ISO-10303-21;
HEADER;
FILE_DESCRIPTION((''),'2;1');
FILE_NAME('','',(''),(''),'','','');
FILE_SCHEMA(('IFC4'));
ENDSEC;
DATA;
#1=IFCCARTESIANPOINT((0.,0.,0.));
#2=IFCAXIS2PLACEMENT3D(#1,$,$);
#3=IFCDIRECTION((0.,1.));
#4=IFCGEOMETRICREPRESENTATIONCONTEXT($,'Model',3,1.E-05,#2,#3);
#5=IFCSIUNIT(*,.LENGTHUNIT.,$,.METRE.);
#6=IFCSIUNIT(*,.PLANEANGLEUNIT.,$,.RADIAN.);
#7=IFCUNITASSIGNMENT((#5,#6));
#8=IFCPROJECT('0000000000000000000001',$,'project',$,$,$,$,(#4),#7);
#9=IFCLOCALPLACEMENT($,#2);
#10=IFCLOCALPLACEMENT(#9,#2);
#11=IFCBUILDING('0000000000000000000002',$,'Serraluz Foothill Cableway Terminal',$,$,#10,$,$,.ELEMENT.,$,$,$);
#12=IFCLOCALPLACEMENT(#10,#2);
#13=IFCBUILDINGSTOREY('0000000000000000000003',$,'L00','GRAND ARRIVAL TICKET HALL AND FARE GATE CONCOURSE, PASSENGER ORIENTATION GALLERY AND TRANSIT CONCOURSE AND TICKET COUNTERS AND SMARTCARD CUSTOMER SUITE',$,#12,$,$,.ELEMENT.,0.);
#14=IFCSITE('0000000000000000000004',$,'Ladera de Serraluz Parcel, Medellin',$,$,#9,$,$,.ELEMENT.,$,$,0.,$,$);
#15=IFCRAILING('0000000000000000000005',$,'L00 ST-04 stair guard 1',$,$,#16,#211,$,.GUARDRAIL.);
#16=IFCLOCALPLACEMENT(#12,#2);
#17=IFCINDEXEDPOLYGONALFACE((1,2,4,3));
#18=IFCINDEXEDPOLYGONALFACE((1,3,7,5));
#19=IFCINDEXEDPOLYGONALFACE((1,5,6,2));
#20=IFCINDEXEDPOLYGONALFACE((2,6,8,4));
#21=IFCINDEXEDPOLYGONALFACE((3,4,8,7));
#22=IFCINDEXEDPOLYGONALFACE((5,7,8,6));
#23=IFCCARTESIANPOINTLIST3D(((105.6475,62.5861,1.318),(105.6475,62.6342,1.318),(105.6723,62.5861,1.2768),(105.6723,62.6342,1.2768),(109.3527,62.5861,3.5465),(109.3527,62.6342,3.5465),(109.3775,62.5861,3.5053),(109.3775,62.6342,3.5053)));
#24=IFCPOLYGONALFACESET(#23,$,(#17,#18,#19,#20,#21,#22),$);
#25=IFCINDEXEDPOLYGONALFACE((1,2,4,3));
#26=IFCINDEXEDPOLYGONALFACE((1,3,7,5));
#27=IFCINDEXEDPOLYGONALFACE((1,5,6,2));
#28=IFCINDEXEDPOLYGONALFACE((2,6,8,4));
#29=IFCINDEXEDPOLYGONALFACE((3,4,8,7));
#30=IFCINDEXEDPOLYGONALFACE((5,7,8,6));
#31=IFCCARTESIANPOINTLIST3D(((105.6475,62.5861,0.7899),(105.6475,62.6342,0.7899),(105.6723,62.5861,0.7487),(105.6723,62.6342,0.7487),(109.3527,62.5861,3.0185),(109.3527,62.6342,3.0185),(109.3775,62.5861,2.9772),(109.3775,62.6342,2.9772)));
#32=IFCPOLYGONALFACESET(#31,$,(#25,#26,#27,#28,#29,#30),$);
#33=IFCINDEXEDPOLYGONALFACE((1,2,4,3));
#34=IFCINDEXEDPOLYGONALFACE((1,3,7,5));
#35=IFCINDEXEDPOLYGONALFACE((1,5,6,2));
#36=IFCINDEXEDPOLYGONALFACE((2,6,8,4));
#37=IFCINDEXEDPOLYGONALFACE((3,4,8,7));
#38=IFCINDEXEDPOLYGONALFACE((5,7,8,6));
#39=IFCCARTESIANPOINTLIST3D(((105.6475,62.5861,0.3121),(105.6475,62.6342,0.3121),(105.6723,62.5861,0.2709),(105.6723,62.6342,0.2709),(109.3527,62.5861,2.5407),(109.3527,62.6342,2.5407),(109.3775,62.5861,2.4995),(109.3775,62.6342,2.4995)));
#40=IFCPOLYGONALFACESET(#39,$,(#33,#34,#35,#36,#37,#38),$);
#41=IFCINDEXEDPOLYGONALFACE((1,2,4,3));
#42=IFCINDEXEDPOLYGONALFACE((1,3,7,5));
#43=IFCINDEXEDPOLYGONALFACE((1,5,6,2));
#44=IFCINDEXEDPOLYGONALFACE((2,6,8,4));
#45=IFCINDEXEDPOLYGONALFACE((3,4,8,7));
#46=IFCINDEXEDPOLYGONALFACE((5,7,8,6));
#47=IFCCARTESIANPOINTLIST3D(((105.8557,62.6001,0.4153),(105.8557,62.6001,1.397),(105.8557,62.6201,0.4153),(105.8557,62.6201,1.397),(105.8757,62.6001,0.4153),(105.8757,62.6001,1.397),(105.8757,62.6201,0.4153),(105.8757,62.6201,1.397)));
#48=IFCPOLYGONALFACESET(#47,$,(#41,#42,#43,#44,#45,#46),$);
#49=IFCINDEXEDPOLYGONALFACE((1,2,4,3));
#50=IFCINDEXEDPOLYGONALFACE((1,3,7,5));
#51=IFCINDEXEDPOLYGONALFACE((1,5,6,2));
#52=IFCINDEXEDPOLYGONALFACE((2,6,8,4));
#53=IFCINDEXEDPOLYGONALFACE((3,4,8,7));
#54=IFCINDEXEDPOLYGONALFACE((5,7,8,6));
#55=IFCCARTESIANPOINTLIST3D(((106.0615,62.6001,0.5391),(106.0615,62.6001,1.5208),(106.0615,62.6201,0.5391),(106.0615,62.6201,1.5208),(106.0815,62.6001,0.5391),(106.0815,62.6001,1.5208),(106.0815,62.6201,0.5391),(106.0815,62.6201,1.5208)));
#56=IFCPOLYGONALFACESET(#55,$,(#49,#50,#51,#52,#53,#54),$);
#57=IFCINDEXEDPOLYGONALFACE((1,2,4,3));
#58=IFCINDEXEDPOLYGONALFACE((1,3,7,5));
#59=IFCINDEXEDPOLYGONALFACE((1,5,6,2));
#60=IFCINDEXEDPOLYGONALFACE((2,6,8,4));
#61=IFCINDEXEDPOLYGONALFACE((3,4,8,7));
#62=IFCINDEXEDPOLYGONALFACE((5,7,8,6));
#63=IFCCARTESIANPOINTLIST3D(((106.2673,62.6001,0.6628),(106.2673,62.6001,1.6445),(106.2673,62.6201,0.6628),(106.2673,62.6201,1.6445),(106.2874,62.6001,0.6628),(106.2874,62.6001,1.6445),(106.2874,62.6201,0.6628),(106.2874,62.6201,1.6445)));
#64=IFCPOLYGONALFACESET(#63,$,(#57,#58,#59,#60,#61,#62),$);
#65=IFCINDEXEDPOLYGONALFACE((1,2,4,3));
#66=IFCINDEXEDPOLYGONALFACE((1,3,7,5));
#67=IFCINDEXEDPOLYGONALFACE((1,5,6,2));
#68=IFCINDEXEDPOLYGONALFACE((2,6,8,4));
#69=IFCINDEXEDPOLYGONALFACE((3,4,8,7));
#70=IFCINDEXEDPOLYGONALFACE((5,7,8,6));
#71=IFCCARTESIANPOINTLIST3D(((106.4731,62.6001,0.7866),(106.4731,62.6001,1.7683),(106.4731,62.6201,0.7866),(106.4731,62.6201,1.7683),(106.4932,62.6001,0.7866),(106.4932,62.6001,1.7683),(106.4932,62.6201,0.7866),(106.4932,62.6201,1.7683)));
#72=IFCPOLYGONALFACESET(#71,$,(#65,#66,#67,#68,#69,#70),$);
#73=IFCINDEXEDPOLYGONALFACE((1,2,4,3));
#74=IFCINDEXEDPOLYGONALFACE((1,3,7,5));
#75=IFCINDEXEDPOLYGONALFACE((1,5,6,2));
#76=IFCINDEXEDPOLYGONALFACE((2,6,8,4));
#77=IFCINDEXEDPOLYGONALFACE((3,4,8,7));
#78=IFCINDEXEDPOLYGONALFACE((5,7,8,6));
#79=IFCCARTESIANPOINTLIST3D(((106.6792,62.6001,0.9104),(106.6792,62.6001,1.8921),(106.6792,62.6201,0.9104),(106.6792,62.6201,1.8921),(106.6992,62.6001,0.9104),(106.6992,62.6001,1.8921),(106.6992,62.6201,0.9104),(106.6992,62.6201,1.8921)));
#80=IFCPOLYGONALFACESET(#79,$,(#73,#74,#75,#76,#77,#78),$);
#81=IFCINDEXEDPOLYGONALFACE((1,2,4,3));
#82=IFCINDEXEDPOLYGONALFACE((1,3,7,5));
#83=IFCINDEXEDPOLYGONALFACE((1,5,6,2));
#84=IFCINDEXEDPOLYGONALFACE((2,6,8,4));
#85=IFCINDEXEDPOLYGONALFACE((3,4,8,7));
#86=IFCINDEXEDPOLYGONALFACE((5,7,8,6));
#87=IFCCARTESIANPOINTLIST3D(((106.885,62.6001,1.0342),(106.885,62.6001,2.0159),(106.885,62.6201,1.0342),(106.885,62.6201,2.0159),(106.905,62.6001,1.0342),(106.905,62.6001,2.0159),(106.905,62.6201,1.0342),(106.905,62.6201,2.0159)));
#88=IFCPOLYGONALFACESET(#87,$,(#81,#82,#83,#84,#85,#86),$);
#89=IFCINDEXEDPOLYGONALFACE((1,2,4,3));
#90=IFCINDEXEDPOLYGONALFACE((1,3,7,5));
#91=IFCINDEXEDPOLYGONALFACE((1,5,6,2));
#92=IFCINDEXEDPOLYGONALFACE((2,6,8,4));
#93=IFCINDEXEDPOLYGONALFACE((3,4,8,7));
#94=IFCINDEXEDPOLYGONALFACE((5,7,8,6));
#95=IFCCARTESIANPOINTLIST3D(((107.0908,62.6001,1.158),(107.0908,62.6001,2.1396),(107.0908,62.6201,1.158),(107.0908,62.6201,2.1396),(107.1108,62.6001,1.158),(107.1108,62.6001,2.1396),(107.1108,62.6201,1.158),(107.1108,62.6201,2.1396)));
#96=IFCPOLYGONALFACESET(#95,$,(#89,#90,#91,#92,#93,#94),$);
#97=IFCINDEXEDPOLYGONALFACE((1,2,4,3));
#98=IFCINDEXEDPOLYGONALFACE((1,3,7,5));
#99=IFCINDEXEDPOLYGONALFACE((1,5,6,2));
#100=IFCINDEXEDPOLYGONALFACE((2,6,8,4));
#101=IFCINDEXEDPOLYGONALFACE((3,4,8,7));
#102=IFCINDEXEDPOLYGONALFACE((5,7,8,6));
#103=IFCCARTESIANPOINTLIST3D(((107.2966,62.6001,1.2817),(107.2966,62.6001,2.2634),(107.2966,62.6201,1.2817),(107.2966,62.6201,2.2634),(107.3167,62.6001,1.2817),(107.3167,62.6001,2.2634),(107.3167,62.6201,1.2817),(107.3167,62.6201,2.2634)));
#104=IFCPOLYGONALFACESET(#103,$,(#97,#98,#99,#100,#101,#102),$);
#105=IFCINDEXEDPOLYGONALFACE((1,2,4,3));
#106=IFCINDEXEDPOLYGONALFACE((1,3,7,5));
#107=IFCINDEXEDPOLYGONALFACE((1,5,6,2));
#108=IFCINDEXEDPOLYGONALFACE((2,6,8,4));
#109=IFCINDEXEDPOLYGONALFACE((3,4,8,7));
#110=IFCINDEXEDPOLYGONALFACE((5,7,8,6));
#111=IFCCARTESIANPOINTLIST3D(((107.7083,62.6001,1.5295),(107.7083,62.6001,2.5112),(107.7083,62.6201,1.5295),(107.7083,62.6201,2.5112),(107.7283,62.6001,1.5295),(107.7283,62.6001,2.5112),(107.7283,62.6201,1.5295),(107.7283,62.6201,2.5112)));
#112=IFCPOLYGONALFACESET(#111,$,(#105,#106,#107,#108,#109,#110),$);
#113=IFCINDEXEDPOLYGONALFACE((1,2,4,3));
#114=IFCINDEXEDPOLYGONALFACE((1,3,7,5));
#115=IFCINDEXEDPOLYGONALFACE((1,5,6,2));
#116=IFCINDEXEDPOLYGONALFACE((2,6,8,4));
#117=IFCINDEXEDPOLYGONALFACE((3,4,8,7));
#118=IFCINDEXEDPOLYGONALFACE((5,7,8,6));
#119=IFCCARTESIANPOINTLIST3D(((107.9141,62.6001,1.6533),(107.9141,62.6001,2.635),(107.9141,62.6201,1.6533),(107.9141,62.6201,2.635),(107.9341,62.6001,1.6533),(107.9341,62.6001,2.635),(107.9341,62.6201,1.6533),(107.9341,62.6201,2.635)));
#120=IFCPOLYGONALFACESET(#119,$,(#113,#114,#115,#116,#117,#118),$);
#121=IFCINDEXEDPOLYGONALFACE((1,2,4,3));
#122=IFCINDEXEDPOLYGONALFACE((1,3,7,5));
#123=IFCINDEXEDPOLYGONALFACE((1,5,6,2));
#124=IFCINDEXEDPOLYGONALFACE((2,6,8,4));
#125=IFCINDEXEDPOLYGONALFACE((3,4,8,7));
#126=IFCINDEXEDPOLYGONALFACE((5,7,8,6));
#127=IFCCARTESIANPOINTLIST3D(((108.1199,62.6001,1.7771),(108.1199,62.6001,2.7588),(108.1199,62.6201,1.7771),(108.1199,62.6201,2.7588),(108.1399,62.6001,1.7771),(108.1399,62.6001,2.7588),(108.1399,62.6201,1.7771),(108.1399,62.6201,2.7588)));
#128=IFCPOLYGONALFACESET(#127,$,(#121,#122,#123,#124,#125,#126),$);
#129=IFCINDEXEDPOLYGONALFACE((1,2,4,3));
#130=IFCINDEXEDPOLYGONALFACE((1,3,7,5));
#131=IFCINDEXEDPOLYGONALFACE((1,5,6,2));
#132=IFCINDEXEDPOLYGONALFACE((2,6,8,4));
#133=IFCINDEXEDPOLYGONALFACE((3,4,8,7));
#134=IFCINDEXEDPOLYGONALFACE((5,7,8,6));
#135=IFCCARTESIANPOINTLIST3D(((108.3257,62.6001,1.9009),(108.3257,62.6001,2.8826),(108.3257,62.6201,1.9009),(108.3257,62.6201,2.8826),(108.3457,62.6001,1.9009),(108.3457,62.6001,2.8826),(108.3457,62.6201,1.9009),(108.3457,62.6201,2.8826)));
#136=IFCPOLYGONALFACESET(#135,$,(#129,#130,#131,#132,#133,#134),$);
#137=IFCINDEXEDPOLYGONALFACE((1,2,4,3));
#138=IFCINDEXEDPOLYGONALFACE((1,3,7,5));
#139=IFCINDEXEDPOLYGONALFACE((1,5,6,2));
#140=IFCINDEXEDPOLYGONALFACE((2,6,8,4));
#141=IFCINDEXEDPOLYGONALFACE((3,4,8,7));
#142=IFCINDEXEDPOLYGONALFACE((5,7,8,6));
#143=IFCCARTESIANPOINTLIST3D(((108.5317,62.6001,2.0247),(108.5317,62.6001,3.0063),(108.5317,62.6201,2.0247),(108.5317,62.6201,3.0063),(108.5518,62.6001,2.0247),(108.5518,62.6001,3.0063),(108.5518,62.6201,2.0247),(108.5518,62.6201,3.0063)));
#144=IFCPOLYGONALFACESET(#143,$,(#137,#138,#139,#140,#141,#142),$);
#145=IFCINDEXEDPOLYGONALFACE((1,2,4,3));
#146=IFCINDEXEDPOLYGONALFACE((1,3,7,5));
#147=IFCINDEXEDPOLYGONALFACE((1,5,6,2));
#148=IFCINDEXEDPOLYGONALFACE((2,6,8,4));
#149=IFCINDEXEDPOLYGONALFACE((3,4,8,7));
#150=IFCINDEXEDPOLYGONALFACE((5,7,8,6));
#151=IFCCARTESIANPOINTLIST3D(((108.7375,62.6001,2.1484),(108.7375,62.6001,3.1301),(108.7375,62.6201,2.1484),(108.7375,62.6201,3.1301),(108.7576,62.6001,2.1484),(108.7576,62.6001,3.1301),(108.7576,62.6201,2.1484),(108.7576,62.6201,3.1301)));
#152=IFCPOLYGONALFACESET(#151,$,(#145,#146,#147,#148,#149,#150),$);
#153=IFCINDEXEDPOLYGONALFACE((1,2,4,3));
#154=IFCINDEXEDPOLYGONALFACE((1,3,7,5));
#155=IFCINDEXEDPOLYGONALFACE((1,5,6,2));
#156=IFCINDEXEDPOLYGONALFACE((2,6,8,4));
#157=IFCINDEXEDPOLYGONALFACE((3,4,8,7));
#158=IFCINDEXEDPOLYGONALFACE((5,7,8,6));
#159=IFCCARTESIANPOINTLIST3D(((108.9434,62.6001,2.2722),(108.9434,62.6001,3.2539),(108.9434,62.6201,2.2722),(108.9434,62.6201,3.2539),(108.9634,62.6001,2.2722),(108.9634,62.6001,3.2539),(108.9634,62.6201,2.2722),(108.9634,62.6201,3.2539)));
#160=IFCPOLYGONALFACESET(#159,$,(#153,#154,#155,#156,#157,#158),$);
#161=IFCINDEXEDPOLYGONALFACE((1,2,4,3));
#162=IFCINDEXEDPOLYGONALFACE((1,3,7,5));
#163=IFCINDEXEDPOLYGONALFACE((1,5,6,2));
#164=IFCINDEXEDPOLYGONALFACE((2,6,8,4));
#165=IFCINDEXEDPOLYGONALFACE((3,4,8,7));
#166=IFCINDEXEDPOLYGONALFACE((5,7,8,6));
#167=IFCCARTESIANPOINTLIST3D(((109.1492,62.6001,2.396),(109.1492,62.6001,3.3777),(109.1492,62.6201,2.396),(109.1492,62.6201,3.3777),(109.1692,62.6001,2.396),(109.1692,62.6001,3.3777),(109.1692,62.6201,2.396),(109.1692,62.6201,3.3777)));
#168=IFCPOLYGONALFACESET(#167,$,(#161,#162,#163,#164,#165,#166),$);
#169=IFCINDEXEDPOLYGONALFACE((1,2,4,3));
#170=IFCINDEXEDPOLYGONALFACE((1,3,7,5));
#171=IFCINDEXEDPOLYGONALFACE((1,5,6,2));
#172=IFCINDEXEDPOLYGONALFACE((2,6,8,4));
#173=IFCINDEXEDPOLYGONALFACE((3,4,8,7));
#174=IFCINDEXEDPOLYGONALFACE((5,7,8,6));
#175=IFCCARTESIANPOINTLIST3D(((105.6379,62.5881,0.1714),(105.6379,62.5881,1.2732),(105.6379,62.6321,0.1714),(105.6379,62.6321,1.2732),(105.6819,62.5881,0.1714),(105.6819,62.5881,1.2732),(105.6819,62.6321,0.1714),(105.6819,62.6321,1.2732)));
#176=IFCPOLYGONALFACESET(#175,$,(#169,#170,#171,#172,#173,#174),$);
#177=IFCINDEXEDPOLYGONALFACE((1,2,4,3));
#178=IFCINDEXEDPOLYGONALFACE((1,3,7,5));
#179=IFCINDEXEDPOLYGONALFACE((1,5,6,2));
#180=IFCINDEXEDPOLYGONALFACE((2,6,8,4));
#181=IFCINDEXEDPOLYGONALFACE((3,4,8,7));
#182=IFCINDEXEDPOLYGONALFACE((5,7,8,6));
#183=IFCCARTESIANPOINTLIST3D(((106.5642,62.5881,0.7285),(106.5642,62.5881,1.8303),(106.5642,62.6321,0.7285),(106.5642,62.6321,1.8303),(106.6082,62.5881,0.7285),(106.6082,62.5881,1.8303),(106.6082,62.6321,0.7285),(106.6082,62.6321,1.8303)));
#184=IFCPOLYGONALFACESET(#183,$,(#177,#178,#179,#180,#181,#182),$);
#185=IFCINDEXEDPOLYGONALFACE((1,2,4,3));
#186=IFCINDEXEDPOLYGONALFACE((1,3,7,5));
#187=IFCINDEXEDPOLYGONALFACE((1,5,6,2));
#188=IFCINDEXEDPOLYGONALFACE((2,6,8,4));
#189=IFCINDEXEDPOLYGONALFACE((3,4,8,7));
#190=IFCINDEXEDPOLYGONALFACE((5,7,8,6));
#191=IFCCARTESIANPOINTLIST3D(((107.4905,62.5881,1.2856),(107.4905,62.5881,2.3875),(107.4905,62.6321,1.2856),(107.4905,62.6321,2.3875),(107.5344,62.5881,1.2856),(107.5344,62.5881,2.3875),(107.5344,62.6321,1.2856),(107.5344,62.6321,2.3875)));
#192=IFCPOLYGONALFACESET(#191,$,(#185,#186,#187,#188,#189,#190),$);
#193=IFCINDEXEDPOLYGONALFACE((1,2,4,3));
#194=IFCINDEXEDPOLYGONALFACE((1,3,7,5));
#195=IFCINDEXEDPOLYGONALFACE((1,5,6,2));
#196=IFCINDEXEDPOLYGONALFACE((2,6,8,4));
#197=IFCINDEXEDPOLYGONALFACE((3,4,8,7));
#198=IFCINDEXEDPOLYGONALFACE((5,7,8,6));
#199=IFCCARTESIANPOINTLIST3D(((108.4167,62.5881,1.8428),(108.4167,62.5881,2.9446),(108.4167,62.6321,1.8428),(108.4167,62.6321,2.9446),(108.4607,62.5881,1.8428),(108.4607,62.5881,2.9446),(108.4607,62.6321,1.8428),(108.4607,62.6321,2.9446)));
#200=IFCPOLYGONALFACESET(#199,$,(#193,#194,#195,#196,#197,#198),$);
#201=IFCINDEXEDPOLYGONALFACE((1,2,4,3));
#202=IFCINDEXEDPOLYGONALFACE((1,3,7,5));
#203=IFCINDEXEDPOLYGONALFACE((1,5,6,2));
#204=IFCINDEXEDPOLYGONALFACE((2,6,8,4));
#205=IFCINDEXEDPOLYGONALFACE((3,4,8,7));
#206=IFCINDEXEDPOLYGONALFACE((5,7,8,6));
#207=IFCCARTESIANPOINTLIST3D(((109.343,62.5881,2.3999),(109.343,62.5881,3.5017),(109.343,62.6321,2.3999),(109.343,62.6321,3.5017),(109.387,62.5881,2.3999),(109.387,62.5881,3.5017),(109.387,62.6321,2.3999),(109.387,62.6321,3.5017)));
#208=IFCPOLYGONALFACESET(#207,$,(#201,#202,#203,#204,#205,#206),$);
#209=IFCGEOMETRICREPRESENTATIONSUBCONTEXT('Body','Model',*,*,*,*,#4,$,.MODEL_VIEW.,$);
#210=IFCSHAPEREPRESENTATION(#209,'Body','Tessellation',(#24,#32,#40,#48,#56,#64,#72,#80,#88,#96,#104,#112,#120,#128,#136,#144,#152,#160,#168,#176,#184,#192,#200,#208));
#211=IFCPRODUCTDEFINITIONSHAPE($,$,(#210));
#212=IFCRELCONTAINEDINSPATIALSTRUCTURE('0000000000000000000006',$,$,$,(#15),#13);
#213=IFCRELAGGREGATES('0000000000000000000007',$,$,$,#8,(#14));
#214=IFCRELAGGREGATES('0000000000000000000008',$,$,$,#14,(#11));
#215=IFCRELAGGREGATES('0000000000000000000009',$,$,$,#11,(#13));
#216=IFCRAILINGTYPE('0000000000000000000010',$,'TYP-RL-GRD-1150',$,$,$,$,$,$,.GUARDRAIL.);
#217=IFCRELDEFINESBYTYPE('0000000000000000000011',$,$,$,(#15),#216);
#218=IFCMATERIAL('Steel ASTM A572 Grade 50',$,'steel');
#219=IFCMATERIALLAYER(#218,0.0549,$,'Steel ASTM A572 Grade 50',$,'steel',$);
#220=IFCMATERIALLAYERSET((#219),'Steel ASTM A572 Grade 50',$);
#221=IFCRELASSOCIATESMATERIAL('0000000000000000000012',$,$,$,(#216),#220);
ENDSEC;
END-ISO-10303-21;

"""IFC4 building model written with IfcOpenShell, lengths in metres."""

from ifc_helpers import new_model, si_unit, direction, frame, origin, origin_2d, place, context, subcontext, project, spatial, rectangle, extrude, material, layer, layer_set, type_object, element, save


model = new_model("IFC4")

# Units and contexts
model_context = context("Model", 3, precision=1e-05, world=origin(), true_north=direction((0.0, 1.0)))
body_context = subcontext(model_context, "Body", "Model", "MODEL_VIEW")
ifc_project = project(units=[si_unit("LENGTHUNIT", "METRE"), si_unit("PLANEANGLEUNIT", "RADIAN")], contexts=[model_context])

# Site, building, storey
site_placement = place(None, origin())
site = spatial("IfcSite", under=ifc_project, at=site_placement, Name="Ladera de Serraluz Parcel, Medellin", CompositionType="ELEMENT", RefElevation=0.0)
building_placement = place(site_placement, origin())
building = spatial("IfcBuilding", under=site, at=building_placement, Name="Serraluz Foothill Cableway Terminal", CompositionType="ELEMENT")
storey_placement = place(building_placement, origin())
storey = spatial("IfcBuildingStorey", under=building, at=storey_placement, Name="L00", Description="GRAND ARRIVAL TICKET HALL AND FARE GATE CONCOURSE, PASSENGER ORIENTATION GALLERY AND TRANSIT CONCOURSE AND TICKET COUNTERS AND SMARTCARD CUSTOMER SUITE", CompositionType="ELEMENT", Elevation=0.0)

# Railing
ifc_material_1 = material(Name="Steel ASTM A572 Grade 50", Category="steel")
ifc_layer_1 = layer(ifc_material_1, 0.0549, Name="Steel ASTM A572 Grade 50", Category="steel")
ifc_layer_set_1 = layer_set([ifc_layer_1], Name="Steel ASTM A572 Grade 50")
railing_type_1 = type_object("IfcRailingType", Name="TYP-RL-GRD-1150", PredefinedType="GUARDRAIL", material=ifc_layer_set_1)
railing_1_placement = place(storey_placement, frame((105.6599, 62.6101, 0.1714)))
element("IfcRailing", 1, at=railing_1_placement, inside=storey, type_object=railing_type_1, Name="L00 ST-04 stair guard 1", PredefinedType="GUARDRAIL", context=body_context, shape_type="SweptSolid", body=[
    extrude(rectangle(XDim=0.0481, YDim=0.0481, at=origin_2d()), frame((0.0, 0.0, 1.126), z_axis=(0.856934, 0.0, 0.515425), x_axis=(0.0, 1.0, 0.0)), (0.0, 0.0, 1.0), 4.3237),
    extrude(rectangle(XDim=0.0481, YDim=0.0481, at=origin_2d()), frame((0.0, 0.0, 0.5979), z_axis=(0.856934, 0.0, 0.515425), x_axis=(0.0, 1.0, 0.0)), (0.0, 0.0, 1.0), 4.3237),
    extrude(rectangle(XDim=0.0481, YDim=0.0481, at=origin_2d()), frame((0.0, 0.0, 0.1201), z_axis=(0.856934, 0.0, 0.515425), x_axis=(0.0, 1.0, 0.0)), (0.0, 0.0, 1.0), 4.3237),
    extrude(rectangle(XDim=0.02, YDim=0.02, at=origin_2d()), frame((0.2058, 0.0, 0.2439)), (0.0, 0.0, 1.0), 0.9817),
    extrude(rectangle(XDim=0.02, YDim=0.02, at=origin_2d()), frame((0.4116, 0.0, 0.3677)), (0.0, 0.0, 1.0), 0.9817),
    extrude(rectangle(XDim=0.02, YDim=0.02, at=origin_2d()), frame((0.6174, 0.0, 0.4915)), (0.0, 0.0, 1.0), 0.9817),
    extrude(rectangle(XDim=0.02, YDim=0.02, at=origin_2d()), frame((0.8232, 0.0, 0.6152)), (0.0, 0.0, 1.0), 0.9817),
    extrude(rectangle(XDim=0.02, YDim=0.02, at=origin_2d()), frame((1.0293, 0.0, 0.739)), (0.0, 0.0, 1.0), 0.9817),
    extrude(rectangle(XDim=0.02, YDim=0.02, at=origin_2d()), frame((1.2351, 0.0, 0.8628)), (0.0, 0.0, 1.0), 0.9817),
    extrude(rectangle(XDim=0.02, YDim=0.02, at=origin_2d()), frame((1.4409, 0.0, 0.9866)), (0.0, 0.0, 1.0), 0.9817),
    extrude(rectangle(XDim=0.02, YDim=0.02, at=origin_2d()), frame((1.6467, 0.0, 1.1104)), (0.0, 0.0, 1.0), 0.9817),
    extrude(rectangle(XDim=0.02, YDim=0.02, at=origin_2d()), frame((2.0583, 0.0, 1.3582)), (0.0, 0.0, 1.0), 0.9817),
    extrude(rectangle(XDim=0.02, YDim=0.02, at=origin_2d()), frame((2.2642, 0.0, 1.4819)), (0.0, 0.0, 1.0), 0.9817),
    extrude(rectangle(XDim=0.02, YDim=0.02, at=origin_2d()), frame((2.47, 0.0, 1.6057)), (0.0, 0.0, 1.0), 0.9817),
    extrude(rectangle(XDim=0.02, YDim=0.02, at=origin_2d()), frame((2.6758, 0.0, 1.7295)), (0.0, 0.0, 1.0), 0.9817),
    extrude(rectangle(XDim=0.02, YDim=0.02, at=origin_2d()), frame((2.8818, 0.0, 1.8533)), (0.0, 0.0, 1.0), 0.9817),
    extrude(rectangle(XDim=0.02, YDim=0.02, at=origin_2d()), frame((3.0876, 0.0, 1.9771)), (0.0, 0.0, 1.0), 0.9817),
    extrude(rectangle(XDim=0.02, YDim=0.02, at=origin_2d()), frame((3.2935, 0.0, 2.1008)), (0.0, 0.0, 1.0), 0.9817),
    extrude(rectangle(XDim=0.02, YDim=0.02, at=origin_2d()), frame((3.4993, 0.0, 2.2246)), (0.0, 0.0, 1.0), 0.9817),
    extrude(rectangle(XDim=0.0439, YDim=0.0439, at=origin_2d()), origin(), (0.0, 0.0, 1.0), 1.1018),
    extrude(rectangle(XDim=0.0439, YDim=0.0439, at=origin_2d()), frame((0.9263, 0.0, 0.5571)), (0.0, 0.0, 1.0), 1.1018),
    extrude(rectangle(XDim=0.0439, YDim=0.0439, at=origin_2d()), frame((1.8525, 0.0, 1.1143)), (0.0, 0.0, 1.0), 1.1018),
    extrude(rectangle(XDim=0.0439, YDim=0.0439, at=origin_2d()), frame((2.7788, 0.0, 1.6714)), (0.0, 0.0, 1.0), 1.1018),
    extrude(rectangle(XDim=0.0439, YDim=0.0439, at=origin_2d()), frame((3.7051, 0.0, 2.2285)), (0.0, 0.0, 1.0), 1.1018),
])

save(model, "model.ifc")
